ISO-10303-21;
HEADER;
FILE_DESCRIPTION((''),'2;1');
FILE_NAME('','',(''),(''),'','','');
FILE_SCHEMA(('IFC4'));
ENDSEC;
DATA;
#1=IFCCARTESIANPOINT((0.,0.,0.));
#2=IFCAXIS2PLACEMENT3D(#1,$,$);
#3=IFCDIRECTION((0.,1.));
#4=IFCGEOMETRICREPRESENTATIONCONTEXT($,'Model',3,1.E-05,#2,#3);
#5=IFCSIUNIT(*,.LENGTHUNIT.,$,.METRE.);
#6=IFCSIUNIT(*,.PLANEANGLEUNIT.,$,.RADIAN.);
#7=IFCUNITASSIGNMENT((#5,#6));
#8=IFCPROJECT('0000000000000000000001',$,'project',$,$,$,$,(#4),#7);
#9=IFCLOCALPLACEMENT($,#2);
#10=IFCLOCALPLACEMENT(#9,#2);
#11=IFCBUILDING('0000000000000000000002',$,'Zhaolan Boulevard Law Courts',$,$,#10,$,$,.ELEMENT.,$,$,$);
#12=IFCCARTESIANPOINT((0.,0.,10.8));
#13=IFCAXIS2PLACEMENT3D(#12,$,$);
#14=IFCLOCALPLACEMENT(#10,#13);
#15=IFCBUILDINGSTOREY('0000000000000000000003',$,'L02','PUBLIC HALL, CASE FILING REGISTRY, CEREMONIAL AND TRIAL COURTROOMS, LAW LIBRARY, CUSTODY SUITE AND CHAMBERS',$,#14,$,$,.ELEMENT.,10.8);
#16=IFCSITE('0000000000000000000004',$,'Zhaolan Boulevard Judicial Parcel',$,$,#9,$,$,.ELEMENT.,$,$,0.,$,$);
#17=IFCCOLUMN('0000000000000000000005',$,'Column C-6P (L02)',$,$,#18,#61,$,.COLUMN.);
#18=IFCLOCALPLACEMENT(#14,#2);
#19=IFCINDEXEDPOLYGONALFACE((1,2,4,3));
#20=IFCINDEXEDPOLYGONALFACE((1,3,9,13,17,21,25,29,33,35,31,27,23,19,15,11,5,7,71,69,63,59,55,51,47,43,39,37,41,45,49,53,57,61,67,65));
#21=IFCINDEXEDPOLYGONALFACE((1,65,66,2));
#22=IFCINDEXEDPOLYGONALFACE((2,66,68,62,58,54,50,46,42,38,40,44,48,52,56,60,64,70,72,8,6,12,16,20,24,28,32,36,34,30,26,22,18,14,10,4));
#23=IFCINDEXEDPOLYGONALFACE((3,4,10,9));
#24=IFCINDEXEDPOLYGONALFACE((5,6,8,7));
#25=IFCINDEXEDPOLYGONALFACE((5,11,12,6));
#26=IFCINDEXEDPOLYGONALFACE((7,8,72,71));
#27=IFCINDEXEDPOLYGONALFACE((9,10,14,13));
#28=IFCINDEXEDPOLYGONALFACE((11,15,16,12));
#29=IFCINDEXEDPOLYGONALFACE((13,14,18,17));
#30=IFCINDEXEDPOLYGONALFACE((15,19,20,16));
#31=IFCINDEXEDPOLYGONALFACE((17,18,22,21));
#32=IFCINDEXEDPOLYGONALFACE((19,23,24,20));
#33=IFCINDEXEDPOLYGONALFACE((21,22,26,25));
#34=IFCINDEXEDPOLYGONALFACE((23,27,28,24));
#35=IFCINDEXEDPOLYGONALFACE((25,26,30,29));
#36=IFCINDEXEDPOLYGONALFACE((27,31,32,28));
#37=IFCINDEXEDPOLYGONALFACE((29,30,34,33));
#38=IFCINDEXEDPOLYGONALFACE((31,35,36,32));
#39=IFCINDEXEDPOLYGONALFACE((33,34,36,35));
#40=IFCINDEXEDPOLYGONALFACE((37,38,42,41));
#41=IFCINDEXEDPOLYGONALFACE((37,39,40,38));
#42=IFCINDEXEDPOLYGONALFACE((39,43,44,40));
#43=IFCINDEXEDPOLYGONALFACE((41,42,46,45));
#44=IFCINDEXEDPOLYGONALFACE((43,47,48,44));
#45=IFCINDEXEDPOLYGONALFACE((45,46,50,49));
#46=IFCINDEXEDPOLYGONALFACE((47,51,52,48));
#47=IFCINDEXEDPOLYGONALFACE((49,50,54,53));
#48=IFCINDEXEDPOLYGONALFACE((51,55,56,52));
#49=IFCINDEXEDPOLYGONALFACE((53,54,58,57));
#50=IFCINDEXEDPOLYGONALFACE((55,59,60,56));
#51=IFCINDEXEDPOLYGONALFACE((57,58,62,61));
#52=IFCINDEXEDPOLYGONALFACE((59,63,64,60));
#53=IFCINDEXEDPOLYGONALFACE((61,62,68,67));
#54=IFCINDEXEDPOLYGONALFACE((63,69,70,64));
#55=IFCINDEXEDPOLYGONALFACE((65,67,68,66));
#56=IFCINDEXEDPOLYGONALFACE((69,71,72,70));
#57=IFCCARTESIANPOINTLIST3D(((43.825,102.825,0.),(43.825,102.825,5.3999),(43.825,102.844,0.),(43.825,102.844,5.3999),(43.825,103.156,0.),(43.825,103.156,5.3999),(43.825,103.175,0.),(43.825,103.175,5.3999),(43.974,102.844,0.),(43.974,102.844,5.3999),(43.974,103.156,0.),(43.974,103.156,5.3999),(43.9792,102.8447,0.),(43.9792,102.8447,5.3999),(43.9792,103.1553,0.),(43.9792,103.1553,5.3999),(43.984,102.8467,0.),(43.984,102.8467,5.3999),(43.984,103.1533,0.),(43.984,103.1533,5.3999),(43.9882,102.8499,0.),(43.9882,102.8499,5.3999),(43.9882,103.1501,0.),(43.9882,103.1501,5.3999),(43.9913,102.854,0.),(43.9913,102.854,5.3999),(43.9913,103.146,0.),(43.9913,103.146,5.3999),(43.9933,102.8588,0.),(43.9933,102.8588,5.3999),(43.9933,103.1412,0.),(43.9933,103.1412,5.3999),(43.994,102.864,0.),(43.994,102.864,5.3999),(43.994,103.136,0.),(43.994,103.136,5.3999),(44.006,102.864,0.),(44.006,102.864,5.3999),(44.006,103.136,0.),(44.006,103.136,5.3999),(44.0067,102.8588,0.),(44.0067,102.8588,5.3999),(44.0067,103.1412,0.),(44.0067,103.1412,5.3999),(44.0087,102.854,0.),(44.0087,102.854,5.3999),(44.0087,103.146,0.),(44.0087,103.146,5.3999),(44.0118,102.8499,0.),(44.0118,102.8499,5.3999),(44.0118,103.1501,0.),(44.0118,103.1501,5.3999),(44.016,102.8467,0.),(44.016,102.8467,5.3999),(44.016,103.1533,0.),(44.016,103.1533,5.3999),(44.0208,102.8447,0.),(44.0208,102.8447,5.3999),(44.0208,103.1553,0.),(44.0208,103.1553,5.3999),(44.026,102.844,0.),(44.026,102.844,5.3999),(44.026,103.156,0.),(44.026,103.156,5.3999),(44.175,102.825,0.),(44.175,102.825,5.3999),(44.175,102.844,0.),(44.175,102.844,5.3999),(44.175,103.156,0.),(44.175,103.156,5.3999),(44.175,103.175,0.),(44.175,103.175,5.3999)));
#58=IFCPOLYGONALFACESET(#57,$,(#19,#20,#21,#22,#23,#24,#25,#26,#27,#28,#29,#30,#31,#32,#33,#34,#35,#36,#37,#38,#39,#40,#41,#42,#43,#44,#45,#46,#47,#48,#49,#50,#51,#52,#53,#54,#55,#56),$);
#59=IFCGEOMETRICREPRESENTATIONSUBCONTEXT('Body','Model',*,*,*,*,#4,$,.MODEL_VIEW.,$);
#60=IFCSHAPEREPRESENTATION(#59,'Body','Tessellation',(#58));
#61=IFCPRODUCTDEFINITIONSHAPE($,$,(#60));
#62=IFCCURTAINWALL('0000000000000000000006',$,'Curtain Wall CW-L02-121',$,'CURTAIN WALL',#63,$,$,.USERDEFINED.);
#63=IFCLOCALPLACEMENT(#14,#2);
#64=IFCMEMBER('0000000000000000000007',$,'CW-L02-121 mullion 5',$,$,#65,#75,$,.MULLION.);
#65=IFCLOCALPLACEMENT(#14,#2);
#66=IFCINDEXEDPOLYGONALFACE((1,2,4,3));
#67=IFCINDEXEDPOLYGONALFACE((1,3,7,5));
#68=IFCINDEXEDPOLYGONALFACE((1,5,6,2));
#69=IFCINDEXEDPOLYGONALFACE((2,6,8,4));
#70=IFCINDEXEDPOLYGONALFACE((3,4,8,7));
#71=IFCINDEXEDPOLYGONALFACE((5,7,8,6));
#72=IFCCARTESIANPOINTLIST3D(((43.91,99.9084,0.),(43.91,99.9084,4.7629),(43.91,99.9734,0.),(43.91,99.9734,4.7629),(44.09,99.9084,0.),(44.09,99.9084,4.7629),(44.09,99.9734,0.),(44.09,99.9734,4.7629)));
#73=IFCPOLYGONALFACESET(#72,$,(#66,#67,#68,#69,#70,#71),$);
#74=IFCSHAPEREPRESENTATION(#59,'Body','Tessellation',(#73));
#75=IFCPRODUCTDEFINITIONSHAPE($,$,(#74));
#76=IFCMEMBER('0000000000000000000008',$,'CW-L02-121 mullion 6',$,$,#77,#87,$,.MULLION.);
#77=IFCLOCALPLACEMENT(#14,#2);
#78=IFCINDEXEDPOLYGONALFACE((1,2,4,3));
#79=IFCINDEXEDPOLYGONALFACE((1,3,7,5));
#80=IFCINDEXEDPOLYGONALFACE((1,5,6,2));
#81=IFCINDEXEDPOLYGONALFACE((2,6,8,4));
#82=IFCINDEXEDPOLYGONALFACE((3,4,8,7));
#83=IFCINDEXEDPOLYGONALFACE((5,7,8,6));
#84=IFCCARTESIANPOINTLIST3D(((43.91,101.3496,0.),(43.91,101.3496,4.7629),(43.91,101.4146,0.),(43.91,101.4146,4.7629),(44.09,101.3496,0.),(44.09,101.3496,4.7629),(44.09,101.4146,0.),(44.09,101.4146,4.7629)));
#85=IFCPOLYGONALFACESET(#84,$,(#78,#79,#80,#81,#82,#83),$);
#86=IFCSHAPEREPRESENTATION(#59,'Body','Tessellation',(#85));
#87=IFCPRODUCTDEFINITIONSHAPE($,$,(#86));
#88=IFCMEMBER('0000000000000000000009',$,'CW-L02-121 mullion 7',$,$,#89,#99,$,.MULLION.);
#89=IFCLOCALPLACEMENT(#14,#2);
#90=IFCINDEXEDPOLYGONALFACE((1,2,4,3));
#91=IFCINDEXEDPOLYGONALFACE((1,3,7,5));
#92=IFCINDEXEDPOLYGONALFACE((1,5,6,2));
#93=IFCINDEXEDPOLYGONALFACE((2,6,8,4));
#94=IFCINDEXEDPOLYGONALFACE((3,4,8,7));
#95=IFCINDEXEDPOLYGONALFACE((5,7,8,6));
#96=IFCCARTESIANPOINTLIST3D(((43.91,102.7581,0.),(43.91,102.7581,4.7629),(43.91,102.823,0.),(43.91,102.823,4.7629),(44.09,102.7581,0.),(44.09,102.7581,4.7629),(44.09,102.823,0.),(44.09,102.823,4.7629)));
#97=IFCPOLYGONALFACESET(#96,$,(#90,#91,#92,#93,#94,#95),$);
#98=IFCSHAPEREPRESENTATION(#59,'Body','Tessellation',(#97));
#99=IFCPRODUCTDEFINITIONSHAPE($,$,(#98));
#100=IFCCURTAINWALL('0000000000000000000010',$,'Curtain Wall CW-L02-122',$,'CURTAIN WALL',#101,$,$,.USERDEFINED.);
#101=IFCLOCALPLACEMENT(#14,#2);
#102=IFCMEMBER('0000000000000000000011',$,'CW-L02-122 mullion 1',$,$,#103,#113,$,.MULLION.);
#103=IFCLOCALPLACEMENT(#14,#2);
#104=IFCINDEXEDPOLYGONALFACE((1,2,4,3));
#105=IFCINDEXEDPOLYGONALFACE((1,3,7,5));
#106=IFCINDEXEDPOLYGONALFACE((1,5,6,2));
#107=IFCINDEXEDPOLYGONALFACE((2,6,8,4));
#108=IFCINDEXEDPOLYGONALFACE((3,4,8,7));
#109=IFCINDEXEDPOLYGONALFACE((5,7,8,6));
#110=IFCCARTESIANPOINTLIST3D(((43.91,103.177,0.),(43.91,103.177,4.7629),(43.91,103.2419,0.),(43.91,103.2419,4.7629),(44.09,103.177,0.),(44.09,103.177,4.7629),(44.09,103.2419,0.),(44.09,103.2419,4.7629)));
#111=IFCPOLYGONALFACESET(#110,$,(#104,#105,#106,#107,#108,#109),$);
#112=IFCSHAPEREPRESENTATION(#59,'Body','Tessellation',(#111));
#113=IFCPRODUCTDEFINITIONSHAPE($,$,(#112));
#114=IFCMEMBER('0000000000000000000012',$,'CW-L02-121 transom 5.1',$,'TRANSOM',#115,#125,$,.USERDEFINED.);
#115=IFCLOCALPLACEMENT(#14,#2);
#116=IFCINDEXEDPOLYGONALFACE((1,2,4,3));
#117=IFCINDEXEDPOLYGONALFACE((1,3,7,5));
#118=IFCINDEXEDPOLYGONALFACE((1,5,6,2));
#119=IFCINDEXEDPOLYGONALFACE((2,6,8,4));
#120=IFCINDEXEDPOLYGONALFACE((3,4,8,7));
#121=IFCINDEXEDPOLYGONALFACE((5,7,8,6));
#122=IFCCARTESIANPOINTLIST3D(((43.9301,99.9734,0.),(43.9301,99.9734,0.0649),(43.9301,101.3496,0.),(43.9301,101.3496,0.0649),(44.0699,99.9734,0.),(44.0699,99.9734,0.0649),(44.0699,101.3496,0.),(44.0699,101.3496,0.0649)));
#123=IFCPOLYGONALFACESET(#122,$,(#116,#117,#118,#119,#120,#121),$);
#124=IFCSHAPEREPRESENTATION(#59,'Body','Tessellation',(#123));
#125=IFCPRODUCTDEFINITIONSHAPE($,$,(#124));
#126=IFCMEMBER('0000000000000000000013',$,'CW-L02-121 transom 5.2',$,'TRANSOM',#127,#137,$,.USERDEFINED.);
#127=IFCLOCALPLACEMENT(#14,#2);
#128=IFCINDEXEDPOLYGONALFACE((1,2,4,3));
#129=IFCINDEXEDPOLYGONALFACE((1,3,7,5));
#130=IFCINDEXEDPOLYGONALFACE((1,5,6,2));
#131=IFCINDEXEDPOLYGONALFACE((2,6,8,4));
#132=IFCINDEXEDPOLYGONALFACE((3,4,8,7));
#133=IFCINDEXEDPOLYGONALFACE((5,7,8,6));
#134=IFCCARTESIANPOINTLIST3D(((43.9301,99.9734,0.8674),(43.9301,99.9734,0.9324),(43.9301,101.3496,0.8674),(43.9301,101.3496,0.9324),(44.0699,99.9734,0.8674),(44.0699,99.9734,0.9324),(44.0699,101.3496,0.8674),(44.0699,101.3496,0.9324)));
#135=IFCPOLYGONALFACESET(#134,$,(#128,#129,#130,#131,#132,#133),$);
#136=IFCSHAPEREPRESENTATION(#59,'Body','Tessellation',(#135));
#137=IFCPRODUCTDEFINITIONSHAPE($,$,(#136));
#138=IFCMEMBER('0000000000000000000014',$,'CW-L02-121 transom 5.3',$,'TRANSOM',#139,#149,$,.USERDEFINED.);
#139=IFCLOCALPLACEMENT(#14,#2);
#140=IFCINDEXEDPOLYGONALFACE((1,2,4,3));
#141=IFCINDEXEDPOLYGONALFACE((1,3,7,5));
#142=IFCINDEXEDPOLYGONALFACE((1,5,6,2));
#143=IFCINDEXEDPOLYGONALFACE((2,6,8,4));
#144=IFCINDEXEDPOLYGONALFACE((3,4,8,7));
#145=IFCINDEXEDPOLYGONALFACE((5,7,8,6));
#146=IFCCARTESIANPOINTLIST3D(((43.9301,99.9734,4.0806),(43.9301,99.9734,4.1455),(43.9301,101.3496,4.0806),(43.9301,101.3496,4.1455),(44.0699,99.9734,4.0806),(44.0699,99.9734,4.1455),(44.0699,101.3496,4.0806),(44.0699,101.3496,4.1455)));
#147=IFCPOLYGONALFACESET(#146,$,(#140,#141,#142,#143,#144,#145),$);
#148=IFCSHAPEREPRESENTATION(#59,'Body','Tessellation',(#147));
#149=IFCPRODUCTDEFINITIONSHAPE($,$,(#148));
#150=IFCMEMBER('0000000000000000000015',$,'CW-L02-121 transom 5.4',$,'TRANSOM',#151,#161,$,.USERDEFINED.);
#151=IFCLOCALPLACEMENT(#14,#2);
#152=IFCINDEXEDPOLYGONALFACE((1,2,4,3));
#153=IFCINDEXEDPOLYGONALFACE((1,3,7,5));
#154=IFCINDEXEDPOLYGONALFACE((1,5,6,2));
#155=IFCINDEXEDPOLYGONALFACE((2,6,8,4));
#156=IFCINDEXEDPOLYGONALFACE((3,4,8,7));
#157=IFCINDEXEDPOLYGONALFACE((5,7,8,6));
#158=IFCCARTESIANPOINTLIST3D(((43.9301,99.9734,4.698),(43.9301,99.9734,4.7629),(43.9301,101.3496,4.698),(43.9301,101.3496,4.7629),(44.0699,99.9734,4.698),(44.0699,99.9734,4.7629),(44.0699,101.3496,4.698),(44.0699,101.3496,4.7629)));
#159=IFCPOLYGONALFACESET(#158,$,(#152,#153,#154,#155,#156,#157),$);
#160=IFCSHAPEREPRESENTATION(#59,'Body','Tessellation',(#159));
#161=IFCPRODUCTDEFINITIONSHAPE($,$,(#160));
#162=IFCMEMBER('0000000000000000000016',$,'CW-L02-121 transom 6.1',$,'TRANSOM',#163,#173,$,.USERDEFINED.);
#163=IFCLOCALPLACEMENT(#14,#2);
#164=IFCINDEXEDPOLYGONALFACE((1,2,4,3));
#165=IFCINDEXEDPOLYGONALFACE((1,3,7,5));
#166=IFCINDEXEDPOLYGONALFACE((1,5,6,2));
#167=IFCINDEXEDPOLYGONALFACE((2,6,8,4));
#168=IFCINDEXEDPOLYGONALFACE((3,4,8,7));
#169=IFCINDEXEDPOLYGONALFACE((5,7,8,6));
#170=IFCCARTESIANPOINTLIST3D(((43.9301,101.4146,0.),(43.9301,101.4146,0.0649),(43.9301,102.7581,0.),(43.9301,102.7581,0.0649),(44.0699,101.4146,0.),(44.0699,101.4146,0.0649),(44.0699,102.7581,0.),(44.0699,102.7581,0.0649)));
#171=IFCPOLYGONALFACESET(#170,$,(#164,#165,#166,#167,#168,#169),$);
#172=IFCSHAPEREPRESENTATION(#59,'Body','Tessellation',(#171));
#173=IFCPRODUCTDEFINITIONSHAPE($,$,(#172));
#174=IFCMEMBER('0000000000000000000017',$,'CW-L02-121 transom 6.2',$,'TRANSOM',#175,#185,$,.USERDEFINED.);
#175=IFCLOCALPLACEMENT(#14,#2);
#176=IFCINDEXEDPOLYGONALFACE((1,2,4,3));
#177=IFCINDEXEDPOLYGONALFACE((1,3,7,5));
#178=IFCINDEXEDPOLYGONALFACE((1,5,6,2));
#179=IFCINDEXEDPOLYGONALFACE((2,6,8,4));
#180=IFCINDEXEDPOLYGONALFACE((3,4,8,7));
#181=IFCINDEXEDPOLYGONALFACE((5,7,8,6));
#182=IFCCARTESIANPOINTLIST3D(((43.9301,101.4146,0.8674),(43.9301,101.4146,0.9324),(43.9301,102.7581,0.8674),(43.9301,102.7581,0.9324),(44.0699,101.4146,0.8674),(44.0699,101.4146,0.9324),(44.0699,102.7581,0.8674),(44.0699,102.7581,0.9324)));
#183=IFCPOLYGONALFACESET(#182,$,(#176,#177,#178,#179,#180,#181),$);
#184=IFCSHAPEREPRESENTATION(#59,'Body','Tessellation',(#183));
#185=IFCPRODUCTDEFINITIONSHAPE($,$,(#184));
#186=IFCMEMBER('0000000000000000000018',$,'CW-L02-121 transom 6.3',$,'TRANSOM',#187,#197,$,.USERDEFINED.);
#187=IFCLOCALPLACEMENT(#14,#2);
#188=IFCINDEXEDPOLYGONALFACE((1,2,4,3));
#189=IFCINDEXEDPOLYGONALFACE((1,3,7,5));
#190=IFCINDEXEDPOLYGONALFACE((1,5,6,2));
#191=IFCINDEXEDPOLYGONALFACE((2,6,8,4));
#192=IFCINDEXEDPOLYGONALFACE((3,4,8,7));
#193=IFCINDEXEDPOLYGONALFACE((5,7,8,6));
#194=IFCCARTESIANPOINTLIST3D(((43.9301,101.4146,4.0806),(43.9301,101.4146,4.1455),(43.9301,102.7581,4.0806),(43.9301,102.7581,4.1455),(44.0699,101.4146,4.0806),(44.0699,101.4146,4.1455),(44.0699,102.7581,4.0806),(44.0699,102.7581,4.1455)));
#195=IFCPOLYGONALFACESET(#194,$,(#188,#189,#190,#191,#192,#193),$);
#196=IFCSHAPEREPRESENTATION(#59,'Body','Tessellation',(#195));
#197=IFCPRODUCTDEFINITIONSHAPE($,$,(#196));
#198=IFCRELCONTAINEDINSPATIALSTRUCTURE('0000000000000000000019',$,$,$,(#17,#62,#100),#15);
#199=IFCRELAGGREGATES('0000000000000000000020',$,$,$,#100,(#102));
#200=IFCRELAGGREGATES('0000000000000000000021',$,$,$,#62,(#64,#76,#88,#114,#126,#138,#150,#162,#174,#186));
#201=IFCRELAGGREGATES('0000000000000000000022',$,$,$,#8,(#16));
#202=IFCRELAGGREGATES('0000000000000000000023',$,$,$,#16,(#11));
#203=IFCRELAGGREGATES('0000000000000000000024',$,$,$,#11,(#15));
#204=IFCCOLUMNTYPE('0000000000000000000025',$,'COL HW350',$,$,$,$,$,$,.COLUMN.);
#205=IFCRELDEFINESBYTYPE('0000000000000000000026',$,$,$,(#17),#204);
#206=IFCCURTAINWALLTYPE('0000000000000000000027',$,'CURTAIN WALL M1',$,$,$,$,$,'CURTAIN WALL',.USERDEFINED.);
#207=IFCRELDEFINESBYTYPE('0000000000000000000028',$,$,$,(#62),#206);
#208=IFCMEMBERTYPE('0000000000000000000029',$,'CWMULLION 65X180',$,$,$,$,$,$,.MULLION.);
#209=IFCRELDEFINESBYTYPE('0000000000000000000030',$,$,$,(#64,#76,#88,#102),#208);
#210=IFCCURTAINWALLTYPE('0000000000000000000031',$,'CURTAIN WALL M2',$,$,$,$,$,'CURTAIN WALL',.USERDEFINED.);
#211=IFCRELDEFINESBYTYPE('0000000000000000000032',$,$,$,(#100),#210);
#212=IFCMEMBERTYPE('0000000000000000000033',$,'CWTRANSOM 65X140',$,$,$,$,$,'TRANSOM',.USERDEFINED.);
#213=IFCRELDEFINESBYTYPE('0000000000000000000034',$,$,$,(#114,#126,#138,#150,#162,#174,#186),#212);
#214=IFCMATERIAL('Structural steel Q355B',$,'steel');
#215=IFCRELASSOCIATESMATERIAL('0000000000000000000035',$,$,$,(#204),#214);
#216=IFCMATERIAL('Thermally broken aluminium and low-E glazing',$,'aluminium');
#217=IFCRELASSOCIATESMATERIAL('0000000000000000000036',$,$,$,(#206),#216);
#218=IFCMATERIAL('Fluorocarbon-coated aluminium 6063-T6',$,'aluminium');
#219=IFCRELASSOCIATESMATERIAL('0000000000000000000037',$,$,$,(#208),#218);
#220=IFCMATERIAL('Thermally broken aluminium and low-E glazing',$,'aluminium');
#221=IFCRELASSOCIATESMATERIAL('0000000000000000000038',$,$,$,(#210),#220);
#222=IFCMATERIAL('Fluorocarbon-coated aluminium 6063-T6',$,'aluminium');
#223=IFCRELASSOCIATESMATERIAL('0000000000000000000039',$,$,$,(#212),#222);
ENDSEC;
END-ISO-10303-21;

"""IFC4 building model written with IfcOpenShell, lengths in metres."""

from ifc_helpers import new_model, si_unit, direction, frame, origin, origin_2d, place, context, subcontext, project, spatial, rectangle, i_section, extrude, material, material_profile, profile_set, type_object, element, aggregate, save


model = new_model("IFC4")

# Units and contexts
model_context = context("Model", 3, precision=1e-05, world=origin(), true_north=direction((0.0, 1.0)))
body_context = subcontext(model_context, "Body", "Model", "MODEL_VIEW")
ifc_project = project(units=[si_unit("LENGTHUNIT", "METRE"), si_unit("PLANEANGLEUNIT", "RADIAN")], contexts=[model_context])

# Site, building, storey
site_placement = place(None, origin())
site = spatial("IfcSite", under=ifc_project, at=site_placement, Name="Zhaolan Boulevard Judicial Parcel", CompositionType="ELEMENT", RefElevation=0.0)
building_placement = place(site_placement, origin())
building = spatial("IfcBuilding", under=site, at=building_placement, Name="Zhaolan Boulevard Law Courts", CompositionType="ELEMENT")
storey_placement = place(building_placement, frame((0.0, 0.0, 10.8)))
storey = spatial("IfcBuildingStorey", under=building, at=storey_placement, Name="L02", Description="PUBLIC HALL, CASE FILING REGISTRY, CEREMONIAL AND TRIAL COURTROOMS, LAW LIBRARY, CUSTODY SUITE AND CHAMBERS", CompositionType="ELEMENT", Elevation=10.8)

# Column
ifc_material_1 = material(Name="Structural steel Q355B", Category="steel")
ifc_material_profile_1 = material_profile(ifc_material_1, i_section(OverallWidth=0.3501, OverallDepth=0.3501, WebThickness=0.012, FlangeThickness=0.019, FilletRadius=0.02, at=origin_2d()), Name="HW350x350")
ifc_profile_set_1 = profile_set([ifc_material_profile_1], Name="Structural steel Q355B")
column_type = type_object("IfcColumnType", Name="COL HW350", PredefinedType="COLUMN", material=ifc_profile_set_1)
column_placement = place(storey_placement, frame((44.0, 103.0, 0.0), z_axis=(0.0, 0.0, 1.0), x_axis=(1.0, 0.0, 0.0)))
element("IfcColumn", 1, at=column_placement, inside=storey, type_object=column_type, Name="Column C-6P (L02)", PredefinedType="COLUMN", context=body_context, shape_type="SweptSolid", body=[
    extrude(i_section(OverallWidth=0.3501, OverallDepth=0.3501, WebThickness=0.012, FlangeThickness=0.019, FilletRadius=0.02, at=origin_2d()), origin(), (0.0, 0.0, 1.0), 5.3999),
])

# Curtain wall, members
ifc_material_2 = material(Name="Thermally broken aluminium and low-E glazing", Category="aluminium")
curtain_wall_type_1 = type_object("IfcCurtainWallType", Name="CURTAIN WALL M1", ElementType="CURTAIN WALL", PredefinedType="USERDEFINED", material=ifc_material_2)
curtain_wall_1_placement = place(storey_placement, origin())
curtain_wall_1 = element("IfcCurtainWall", 2, at=curtain_wall_1_placement, inside=storey, type_object=curtain_wall_type_1, Name="Curtain Wall CW-L02-121", ObjectType="CURTAIN WALL", PredefinedType="USERDEFINED")
ifc_material_3 = material(Name="Fluorocarbon-coated aluminium 6063-T6", Category="aluminium")
ifc_material_profile_2 = material_profile(ifc_material_3, rectangle(XDim=0.1799, YDim=0.0649, at=origin_2d()), Name="AL65x180")
ifc_profile_set_2 = profile_set([ifc_material_profile_2], Name="Fluorocarbon-coated aluminium 6063-T6")
member_type_1 = type_object("IfcMemberType", Name="CWMULLION 65X180", PredefinedType="MULLION", material=ifc_profile_set_2)
member_1_placement = place(storey_placement, frame((44.0, 99.9409, 0.0), z_axis=(0.0, 0.0, 1.0), x_axis=(-1.0, 0.0, 0.0)))
member_1 = element("IfcMember", 3, at=member_1_placement, type_object=member_type_1, Name="CW-L02-121 mullion 5", PredefinedType="MULLION", context=body_context, shape_type="SweptSolid", body=[
    extrude(rectangle(XDim=0.1799, YDim=0.0649, at=origin_2d()), origin(), (0.0, 0.0, 1.0), 4.7629),
])
member_2_placement = place(storey_placement, frame((44.0, 101.3821, 0.0), z_axis=(0.0, 0.0, 1.0), x_axis=(-1.0, 0.0, 0.0)))
member_2 = element("IfcMember", 4, at=member_2_placement, type_object=member_type_1, Name="CW-L02-121 mullion 6", PredefinedType="MULLION", context=body_context, shape_type="SweptSolid", body=[
    extrude(rectangle(XDim=0.1799, YDim=0.0649, at=origin_2d()), origin(), (0.0, 0.0, 1.0), 4.7629),
])
member_3_placement = place(storey_placement, frame((44.0, 102.7905, 0.0), z_axis=(0.0, 0.0, 1.0), x_axis=(-1.0, 0.0, 0.0)))
member_3 = element("IfcMember", 5, at=member_3_placement, type_object=member_type_1, Name="CW-L02-121 mullion 7", PredefinedType="MULLION", context=body_context, shape_type="SweptSolid", body=[
    extrude(rectangle(XDim=0.1799, YDim=0.0649, at=origin_2d()), origin(), (0.0, 0.0, 1.0), 4.7629),
])

# Curtain wall, member
ifc_material_4 = material(Name="Thermally broken aluminium and low-E glazing", Category="aluminium")
curtain_wall_type_2 = type_object("IfcCurtainWallType", Name="CURTAIN WALL M2", ElementType="CURTAIN WALL", PredefinedType="USERDEFINED", material=ifc_material_4)
curtain_wall_2_placement = place(storey_placement, origin())
curtain_wall_2 = element("IfcCurtainWall", 6, at=curtain_wall_2_placement, inside=storey, type_object=curtain_wall_type_2, Name="Curtain Wall CW-L02-122", ObjectType="CURTAIN WALL", PredefinedType="USERDEFINED")
member_4_placement = place(storey_placement, frame((44.0, 103.2095, 0.0), z_axis=(0.0, 0.0, 1.0), x_axis=(-1.0, 0.0, 0.0)))
member_4 = element("IfcMember", 7, at=member_4_placement, type_object=member_type_1, Name="CW-L02-122 mullion 1", PredefinedType="MULLION", context=body_context, shape_type="SweptSolid", body=[
    extrude(rectangle(XDim=0.1799, YDim=0.0649, at=origin_2d()), origin(), (0.0, 0.0, 1.0), 4.7629),
])

# Members
ifc_material_5 = material(Name="Fluorocarbon-coated aluminium 6063-T6", Category="aluminium")
ifc_material_profile_3 = material_profile(ifc_material_5, rectangle(XDim=0.1399, YDim=0.0649, at=origin_2d()), Name="AL65x140")
ifc_profile_set_3 = profile_set([ifc_material_profile_3], Name="Fluorocarbon-coated aluminium 6063-T6")
member_type_2 = type_object("IfcMemberType", Name="CWTRANSOM 65X140", ElementType="TRANSOM", PredefinedType="USERDEFINED", material=ifc_profile_set_3)
member_5_placement = place(storey_placement, frame((44.0, 99.9734, 0.0325), z_axis=(0.0, 1.0, 0.0), x_axis=(-1.0, 0.0, 0.0)))
member_5 = element("IfcMember", 8, at=member_5_placement, type_object=member_type_2, Name="CW-L02-121 transom 5.1", ObjectType="TRANSOM", PredefinedType="USERDEFINED", context=body_context, shape_type="SweptSolid", body=[
    extrude(rectangle(XDim=0.1399, YDim=0.0649, at=origin_2d()), origin(), (0.0, 0.0, 1.0), 1.3762),
])
member_6_placement = place(storey_placement, frame((44.0, 99.9734, 0.8999), z_axis=(0.0, 1.0, 0.0), x_axis=(-1.0, 0.0, 0.0)))
member_6 = element("IfcMember", 9, at=member_6_placement, type_object=member_type_2, Name="CW-L02-121 transom 5.2", ObjectType="TRANSOM", PredefinedType="USERDEFINED", context=body_context, shape_type="SweptSolid", body=[
    extrude(rectangle(XDim=0.1399, YDim=0.0649, at=origin_2d()), origin(), (0.0, 0.0, 1.0), 1.3762),
])
member_7_placement = place(storey_placement, frame((44.0, 99.9734, 4.113), z_axis=(0.0, 1.0, 0.0), x_axis=(-1.0, 0.0, 0.0)))
member_7 = element("IfcMember", 10, at=member_7_placement, type_object=member_type_2, Name="CW-L02-121 transom 5.3", ObjectType="TRANSOM", PredefinedType="USERDEFINED", context=body_context, shape_type="SweptSolid", body=[
    extrude(rectangle(XDim=0.1399, YDim=0.0649, at=origin_2d()), origin(), (0.0, 0.0, 1.0), 1.3762),
])
member_8_placement = place(storey_placement, frame((44.0, 99.9734, 4.7305), z_axis=(0.0, 1.0, 0.0), x_axis=(-1.0, 0.0, 0.0)))
member_8 = element("IfcMember", 11, at=member_8_placement, type_object=member_type_2, Name="CW-L02-121 transom 5.4", ObjectType="TRANSOM", PredefinedType="USERDEFINED", context=body_context, shape_type="SweptSolid", body=[
    extrude(rectangle(XDim=0.1399, YDim=0.0649, at=origin_2d()), origin(), (0.0, 0.0, 1.0), 1.3762),
])
member_9_placement = place(storey_placement, frame((44.0, 101.4146, 0.0325), z_axis=(0.0, 1.0, 0.0), x_axis=(-1.0, 0.0, 0.0)))
member_9 = element("IfcMember", 12, at=member_9_placement, type_object=member_type_2, Name="CW-L02-121 transom 6.1", ObjectType="TRANSOM", PredefinedType="USERDEFINED", context=body_context, shape_type="SweptSolid", body=[
    extrude(rectangle(XDim=0.1399, YDim=0.0649, at=origin_2d()), origin(), (0.0, 0.0, 1.0), 1.3435),
])
member_10_placement = place(storey_placement, frame((44.0, 101.4146, 0.8999), z_axis=(0.0, 1.0, 0.0), x_axis=(-1.0, 0.0, 0.0)))
member_10 = element("IfcMember", 13, at=member_10_placement, type_object=member_type_2, Name="CW-L02-121 transom 6.2", ObjectType="TRANSOM", PredefinedType="USERDEFINED", context=body_context, shape_type="SweptSolid", body=[
    extrude(rectangle(XDim=0.1399, YDim=0.0649, at=origin_2d()), origin(), (0.0, 0.0, 1.0), 1.3435),
])
member_11_placement = place(storey_placement, frame((44.0, 101.4146, 4.113), z_axis=(0.0, 1.0, 0.0), x_axis=(-1.0, 0.0, 0.0)))
member_11 = element("IfcMember", 14, at=member_11_placement, type_object=member_type_2, Name="CW-L02-121 transom 6.3", ObjectType="TRANSOM", PredefinedType="USERDEFINED", context=body_context, shape_type="SweptSolid", body=[
    extrude(rectangle(XDim=0.1399, YDim=0.0649, at=origin_2d()), origin(), (0.0, 0.0, 1.0), 1.3435),
])
aggregate(curtain_wall_2, [member_4])

aggregate(curtain_wall_1, [member_1, member_2, member_3, member_5, member_6, member_7, member_8, member_9, member_10, member_11])

save(model, "model.ifc")
